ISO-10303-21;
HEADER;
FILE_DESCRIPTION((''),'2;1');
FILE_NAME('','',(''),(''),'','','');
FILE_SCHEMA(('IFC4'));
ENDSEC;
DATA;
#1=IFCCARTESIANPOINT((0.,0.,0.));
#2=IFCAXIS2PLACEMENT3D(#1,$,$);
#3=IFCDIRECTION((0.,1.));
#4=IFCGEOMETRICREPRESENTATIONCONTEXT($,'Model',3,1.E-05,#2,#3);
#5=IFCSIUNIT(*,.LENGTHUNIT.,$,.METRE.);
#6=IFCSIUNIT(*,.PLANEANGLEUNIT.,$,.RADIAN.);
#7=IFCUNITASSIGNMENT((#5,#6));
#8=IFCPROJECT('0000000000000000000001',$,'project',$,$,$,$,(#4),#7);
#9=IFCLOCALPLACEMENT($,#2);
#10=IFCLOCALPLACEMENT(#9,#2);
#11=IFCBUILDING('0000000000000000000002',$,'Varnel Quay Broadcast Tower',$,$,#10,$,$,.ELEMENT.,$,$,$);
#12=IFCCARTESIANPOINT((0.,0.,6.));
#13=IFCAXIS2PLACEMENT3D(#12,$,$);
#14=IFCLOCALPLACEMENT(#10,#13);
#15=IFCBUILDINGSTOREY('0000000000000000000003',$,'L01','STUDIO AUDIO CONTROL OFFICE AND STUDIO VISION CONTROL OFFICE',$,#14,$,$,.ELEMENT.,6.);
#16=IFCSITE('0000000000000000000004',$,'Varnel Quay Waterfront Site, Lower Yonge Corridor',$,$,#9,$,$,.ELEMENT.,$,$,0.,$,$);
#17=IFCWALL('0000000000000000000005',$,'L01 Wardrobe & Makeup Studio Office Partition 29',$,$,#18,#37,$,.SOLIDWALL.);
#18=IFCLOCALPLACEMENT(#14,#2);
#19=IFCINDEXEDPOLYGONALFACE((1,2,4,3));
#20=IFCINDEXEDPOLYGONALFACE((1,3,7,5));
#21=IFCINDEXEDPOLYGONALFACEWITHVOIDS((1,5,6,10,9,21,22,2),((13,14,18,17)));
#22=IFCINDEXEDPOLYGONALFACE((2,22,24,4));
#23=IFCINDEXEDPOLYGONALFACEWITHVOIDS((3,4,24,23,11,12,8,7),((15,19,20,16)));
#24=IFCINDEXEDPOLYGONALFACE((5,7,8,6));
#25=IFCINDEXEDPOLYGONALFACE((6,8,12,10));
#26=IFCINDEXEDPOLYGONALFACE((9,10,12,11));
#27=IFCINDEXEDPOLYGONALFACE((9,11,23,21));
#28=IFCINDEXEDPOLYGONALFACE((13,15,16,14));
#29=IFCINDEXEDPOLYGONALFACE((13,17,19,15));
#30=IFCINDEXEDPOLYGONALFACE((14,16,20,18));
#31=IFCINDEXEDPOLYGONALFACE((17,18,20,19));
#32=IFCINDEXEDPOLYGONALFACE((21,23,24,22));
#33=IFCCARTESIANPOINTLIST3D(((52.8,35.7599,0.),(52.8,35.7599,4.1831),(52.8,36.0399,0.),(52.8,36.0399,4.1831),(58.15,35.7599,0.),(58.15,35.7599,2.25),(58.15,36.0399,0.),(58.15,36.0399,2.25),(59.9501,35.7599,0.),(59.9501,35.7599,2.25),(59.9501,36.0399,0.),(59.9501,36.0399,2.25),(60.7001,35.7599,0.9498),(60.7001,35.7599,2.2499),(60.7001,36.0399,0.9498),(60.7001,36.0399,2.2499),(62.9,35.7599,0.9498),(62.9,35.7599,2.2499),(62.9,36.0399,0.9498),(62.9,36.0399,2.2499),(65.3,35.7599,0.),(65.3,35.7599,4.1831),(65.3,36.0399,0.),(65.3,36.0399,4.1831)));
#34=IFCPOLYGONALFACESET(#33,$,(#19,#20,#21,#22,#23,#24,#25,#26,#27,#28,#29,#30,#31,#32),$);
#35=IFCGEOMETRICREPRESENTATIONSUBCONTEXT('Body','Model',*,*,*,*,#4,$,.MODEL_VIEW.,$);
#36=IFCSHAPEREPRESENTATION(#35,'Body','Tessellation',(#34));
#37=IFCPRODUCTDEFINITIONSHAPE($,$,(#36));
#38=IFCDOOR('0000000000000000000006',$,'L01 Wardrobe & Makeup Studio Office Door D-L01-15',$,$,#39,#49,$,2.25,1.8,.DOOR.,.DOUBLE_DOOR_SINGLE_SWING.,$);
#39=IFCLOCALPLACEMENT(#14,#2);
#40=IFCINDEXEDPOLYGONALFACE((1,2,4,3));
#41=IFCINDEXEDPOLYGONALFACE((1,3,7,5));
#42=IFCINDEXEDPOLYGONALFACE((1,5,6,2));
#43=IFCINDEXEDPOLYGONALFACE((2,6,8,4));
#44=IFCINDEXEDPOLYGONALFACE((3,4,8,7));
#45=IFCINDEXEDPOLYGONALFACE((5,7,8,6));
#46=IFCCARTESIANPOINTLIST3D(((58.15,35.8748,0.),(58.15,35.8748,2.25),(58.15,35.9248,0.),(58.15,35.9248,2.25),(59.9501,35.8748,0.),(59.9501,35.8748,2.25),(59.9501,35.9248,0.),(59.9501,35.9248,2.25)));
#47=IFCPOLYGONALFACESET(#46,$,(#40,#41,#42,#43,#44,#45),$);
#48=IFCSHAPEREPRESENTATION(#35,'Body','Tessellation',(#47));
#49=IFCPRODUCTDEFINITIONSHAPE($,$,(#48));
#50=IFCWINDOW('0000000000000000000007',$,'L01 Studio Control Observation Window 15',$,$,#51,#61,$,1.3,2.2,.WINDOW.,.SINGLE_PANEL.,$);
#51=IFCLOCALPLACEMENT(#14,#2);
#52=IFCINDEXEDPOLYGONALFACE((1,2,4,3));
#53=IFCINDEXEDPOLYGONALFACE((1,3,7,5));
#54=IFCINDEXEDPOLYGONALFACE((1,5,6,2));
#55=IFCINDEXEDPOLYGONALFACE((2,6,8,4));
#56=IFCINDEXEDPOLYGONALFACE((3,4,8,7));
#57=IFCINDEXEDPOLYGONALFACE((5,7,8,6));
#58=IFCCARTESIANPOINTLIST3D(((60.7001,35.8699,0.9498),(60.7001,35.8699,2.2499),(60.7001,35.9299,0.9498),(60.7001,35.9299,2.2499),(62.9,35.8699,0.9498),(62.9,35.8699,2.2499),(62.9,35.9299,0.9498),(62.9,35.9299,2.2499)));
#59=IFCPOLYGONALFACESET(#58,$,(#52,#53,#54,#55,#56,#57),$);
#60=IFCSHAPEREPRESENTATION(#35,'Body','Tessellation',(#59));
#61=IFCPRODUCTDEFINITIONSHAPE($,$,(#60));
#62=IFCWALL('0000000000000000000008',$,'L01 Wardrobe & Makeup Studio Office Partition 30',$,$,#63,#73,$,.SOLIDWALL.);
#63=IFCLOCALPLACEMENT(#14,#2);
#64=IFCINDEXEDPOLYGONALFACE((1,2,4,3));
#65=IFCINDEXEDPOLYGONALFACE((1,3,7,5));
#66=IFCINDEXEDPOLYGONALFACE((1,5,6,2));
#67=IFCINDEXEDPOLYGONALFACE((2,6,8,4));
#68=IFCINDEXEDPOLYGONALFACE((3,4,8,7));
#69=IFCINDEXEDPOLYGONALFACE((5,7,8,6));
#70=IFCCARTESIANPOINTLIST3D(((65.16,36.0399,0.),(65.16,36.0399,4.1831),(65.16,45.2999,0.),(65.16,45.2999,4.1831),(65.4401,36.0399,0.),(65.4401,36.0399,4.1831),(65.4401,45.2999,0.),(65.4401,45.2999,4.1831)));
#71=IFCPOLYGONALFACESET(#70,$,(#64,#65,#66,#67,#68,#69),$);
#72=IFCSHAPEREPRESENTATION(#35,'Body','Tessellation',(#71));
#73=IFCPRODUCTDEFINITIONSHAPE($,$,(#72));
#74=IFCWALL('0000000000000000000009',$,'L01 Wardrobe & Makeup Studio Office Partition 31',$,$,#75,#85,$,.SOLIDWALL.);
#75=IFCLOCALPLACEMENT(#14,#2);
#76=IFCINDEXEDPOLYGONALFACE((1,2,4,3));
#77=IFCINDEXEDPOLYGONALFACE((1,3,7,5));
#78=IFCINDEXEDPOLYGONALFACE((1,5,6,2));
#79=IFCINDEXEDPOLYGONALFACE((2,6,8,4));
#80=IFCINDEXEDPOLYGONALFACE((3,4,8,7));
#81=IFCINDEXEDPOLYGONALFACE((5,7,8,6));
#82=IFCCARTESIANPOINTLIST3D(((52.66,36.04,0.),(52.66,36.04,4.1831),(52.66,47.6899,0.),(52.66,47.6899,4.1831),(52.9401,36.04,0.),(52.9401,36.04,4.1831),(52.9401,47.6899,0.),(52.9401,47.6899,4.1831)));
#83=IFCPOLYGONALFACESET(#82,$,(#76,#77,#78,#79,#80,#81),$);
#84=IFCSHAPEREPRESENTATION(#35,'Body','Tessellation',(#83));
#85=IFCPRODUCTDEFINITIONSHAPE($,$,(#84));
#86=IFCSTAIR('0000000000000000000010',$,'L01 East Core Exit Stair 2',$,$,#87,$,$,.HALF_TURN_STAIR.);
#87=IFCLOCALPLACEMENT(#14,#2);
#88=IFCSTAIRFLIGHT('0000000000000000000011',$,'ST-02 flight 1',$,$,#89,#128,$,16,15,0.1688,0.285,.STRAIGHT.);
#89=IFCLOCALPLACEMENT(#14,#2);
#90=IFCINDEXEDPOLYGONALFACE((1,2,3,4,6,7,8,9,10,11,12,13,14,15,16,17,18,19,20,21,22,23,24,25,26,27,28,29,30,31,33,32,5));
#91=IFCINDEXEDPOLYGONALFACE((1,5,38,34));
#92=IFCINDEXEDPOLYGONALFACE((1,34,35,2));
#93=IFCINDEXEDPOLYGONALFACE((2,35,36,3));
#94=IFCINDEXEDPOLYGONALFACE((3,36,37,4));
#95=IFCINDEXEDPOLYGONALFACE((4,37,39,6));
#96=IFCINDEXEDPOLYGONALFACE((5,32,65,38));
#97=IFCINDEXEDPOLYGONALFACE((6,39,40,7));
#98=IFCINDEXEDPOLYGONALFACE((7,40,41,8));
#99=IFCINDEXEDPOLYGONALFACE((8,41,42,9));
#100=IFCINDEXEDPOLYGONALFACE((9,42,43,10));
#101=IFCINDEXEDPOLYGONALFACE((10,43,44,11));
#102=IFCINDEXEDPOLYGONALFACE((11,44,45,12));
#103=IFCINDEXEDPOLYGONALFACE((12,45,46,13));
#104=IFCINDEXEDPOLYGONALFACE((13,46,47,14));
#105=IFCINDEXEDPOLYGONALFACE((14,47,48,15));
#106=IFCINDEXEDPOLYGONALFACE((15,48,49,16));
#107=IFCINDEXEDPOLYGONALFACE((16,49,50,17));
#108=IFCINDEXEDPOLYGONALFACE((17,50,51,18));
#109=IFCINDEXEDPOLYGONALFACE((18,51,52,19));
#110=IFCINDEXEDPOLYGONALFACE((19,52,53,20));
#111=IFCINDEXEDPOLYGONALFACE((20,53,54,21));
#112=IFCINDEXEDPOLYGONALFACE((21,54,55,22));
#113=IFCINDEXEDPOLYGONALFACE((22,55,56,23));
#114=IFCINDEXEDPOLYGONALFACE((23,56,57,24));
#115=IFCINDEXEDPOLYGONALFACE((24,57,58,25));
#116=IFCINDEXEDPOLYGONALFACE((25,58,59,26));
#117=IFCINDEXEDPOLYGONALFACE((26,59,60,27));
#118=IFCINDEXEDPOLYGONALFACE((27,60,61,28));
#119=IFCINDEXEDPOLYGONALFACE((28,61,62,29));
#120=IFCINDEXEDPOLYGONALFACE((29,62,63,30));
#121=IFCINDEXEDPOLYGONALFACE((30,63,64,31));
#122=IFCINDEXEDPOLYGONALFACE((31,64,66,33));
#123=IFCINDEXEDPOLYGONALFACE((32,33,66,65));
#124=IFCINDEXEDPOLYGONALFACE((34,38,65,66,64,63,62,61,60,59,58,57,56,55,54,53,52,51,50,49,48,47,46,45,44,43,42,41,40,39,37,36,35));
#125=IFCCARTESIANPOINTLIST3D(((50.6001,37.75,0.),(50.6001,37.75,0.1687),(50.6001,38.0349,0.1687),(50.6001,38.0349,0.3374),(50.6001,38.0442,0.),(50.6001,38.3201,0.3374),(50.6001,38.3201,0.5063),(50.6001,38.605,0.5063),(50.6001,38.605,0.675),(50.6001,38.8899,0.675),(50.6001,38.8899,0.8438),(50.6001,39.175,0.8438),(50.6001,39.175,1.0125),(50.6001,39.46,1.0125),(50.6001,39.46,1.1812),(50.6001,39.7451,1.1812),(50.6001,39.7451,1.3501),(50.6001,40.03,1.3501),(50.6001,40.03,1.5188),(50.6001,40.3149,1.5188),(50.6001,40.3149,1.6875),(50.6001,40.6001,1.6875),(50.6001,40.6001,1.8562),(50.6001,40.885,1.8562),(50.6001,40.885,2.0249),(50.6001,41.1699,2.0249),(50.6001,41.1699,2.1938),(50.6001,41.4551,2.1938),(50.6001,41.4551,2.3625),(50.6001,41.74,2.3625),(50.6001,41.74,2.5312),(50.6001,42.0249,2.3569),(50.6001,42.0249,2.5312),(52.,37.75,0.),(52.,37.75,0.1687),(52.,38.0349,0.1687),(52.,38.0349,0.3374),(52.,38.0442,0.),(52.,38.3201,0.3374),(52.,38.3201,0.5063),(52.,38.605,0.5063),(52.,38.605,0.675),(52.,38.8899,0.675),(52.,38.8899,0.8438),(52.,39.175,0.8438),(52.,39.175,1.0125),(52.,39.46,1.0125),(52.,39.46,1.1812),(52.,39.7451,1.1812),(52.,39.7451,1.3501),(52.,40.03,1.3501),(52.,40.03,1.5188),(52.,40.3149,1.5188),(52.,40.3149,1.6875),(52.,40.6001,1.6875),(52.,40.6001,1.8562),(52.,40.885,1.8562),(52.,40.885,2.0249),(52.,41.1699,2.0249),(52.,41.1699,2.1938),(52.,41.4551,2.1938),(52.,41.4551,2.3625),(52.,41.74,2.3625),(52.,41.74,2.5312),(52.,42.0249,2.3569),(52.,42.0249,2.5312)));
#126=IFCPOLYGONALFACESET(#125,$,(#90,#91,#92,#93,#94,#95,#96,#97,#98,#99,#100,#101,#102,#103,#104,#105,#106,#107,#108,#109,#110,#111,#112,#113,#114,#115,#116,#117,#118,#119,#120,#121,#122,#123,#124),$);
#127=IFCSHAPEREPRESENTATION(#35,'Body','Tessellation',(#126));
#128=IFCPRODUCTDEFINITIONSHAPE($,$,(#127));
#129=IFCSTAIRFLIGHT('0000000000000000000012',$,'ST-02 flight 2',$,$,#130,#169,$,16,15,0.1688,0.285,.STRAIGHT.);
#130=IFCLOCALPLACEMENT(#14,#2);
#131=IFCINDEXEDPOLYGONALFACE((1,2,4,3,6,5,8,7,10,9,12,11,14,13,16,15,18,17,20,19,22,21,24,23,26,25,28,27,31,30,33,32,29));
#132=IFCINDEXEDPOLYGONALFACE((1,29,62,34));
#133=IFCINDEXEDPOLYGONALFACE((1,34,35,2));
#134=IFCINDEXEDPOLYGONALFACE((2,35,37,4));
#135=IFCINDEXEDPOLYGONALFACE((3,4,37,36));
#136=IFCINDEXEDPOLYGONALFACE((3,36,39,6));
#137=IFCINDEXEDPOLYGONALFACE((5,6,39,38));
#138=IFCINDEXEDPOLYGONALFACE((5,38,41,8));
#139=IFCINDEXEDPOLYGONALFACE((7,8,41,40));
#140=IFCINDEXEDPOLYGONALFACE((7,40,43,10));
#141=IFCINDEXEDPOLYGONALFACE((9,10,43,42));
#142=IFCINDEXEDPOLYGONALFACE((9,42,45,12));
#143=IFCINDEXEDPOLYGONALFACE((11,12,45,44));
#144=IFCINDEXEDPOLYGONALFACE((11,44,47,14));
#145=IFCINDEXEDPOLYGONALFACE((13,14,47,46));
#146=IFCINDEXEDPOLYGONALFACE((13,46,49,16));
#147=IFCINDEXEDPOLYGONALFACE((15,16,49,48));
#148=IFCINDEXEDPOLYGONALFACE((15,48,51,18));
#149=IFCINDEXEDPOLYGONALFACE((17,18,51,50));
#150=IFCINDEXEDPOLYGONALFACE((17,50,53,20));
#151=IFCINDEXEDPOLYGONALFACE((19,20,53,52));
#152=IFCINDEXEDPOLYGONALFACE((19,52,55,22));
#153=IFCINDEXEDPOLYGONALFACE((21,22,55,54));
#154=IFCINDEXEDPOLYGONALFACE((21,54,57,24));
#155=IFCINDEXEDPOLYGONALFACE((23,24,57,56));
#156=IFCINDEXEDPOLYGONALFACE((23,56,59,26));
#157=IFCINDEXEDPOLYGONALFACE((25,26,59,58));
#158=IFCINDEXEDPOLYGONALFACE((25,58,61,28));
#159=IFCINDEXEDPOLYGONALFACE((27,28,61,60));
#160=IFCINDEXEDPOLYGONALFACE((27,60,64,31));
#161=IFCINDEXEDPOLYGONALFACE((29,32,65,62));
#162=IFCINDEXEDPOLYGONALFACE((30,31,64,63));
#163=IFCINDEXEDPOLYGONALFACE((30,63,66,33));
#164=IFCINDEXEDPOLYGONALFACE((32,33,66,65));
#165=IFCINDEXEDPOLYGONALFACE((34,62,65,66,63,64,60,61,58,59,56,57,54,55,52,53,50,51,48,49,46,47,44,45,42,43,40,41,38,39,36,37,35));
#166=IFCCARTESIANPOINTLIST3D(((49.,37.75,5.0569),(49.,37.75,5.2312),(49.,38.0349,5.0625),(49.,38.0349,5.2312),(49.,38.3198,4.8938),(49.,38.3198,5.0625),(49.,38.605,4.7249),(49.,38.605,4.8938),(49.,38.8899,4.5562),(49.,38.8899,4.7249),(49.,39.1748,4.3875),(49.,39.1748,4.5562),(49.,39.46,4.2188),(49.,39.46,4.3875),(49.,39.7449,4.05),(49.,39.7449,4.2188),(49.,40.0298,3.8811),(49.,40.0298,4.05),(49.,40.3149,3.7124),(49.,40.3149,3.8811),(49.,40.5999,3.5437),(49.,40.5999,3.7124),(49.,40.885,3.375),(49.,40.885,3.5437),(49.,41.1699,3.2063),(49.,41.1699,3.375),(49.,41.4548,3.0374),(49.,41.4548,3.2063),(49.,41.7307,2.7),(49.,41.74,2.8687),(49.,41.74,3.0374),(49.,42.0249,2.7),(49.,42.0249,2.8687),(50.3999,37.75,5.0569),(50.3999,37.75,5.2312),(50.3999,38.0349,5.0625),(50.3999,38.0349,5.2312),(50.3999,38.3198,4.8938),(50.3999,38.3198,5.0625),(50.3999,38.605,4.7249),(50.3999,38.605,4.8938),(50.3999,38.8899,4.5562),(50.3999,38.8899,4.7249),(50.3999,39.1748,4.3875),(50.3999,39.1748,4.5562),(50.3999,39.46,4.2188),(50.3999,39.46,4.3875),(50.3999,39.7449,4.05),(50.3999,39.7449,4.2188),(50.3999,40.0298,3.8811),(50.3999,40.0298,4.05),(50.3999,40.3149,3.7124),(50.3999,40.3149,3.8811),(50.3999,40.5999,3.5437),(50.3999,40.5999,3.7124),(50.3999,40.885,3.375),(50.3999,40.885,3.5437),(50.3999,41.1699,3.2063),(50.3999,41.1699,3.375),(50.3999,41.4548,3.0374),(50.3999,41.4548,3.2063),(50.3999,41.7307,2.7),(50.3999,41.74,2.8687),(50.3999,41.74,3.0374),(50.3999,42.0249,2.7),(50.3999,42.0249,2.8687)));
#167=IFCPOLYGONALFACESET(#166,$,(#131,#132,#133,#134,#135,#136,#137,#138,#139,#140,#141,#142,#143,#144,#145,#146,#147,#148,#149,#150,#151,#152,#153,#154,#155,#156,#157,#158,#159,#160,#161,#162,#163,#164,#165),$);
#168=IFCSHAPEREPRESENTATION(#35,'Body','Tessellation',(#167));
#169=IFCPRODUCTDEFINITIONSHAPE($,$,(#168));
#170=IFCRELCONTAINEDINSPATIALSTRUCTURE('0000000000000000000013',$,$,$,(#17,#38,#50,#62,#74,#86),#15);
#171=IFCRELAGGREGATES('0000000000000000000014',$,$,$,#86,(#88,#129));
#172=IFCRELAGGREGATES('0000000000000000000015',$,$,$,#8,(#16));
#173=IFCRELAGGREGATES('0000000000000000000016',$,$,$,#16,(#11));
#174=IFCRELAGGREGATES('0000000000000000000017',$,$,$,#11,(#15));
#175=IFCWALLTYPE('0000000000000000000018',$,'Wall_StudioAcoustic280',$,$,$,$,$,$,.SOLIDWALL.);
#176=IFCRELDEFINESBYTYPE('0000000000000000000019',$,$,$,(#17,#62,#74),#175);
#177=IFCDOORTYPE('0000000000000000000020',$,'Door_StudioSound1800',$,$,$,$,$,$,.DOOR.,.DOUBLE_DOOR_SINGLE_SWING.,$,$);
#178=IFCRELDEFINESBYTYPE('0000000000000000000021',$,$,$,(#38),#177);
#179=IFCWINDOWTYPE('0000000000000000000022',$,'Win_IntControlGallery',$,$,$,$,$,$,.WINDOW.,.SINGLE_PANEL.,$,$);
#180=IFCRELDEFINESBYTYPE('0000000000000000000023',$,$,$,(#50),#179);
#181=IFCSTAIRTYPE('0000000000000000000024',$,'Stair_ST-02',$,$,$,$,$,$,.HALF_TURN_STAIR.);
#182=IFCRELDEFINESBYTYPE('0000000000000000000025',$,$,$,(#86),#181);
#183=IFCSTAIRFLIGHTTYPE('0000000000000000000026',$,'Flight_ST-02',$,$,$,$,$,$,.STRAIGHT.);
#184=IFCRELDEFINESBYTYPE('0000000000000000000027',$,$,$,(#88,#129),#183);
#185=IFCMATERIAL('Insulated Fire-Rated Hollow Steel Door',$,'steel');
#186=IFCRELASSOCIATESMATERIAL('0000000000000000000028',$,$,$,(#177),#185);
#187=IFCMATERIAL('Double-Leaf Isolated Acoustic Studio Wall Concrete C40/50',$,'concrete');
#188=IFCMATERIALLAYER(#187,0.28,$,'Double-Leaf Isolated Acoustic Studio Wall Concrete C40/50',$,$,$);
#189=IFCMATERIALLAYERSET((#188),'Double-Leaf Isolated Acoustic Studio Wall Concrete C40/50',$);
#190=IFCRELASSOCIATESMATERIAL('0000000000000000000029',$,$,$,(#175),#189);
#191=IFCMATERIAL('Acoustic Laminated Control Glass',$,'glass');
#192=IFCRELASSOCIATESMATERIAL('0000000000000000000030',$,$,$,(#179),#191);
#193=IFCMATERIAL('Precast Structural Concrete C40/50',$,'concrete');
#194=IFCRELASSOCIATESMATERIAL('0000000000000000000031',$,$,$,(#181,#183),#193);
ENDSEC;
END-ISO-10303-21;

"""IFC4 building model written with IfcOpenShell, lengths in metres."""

from ifc_helpers import new_model, si_unit, direction, frame, frame_2d, origin, place, context, subcontext, project, spatial, polyline, rectangle, outline, extrude, source, transform, mapped, material, layer, layer_set, type_object, type_shapes, element, fill, aggregate, save


model = new_model("IFC4")

# Units and contexts
model_context = context("Model", 3, precision=1e-05, world=origin(), true_north=direction((0.0, 1.0)))
body_context = subcontext(model_context, "Body", "Model", "MODEL_VIEW")
ifc_project = project(units=[si_unit("LENGTHUNIT", "METRE"), si_unit("PLANEANGLEUNIT", "RADIAN")], contexts=[model_context])

# Site, building, storey
site_placement = place(None, origin())
site = spatial("IfcSite", under=ifc_project, at=site_placement, Name="Varnel Quay Waterfront Site, Lower Yonge Corridor", CompositionType="ELEMENT", RefElevation=0.0)
building_placement = place(site_placement, origin())
building = spatial("IfcBuilding", under=site, at=building_placement, Name="Varnel Quay Broadcast Tower", CompositionType="ELEMENT")
storey_placement = place(building_placement, frame((0.0, 0.0, 6.0)))
storey = spatial("IfcBuildingStorey", under=building, at=storey_placement, Name="L01", Description="STUDIO AUDIO CONTROL OFFICE AND STUDIO VISION CONTROL OFFICE", CompositionType="ELEMENT", Elevation=6.0)

# Shared definitions
ifc_material_1 = material(Name="Insulated Fire-Rated Hollow Steel Door", Category="steel")
door_type_1 = type_object("IfcDoorType", Name="Door_StudioSound1800", OperationType="DOUBLE_DOOR_SINGLE_SWING", PredefinedType="DOOR", material=ifc_material_1)
shared_shape_1 = source(origin(), body_context, "Body", "SweptSolid", [
    extrude(rectangle(XDim=1.8, YDim=2.25, at=frame_2d((0.8999, 1.125))), frame((0.0, 0.0249, 0.0), z_axis=(0.0, -1.0, 0.0), x_axis=(1.0, 0.0, 0.0)), (0.0, 0.0, 1.0), 0.05),
])
type_shapes(door_type_1, [shared_shape_1])

# Wall, openings, door, window
ifc_material_2 = material(Name="Double-Leaf Isolated Acoustic Studio Wall Concrete C40/50", Category="concrete")
ifc_layer_1 = layer(ifc_material_2, 0.28, Name="Double-Leaf Isolated Acoustic Studio Wall Concrete C40/50")
ifc_layer_set_1 = layer_set([ifc_layer_1], Name="Double-Leaf Isolated Acoustic Studio Wall Concrete C40/50")
wall_type_1 = type_object("IfcWallType", Name="Wall_StudioAcoustic280", PredefinedType="SOLIDWALL", material=ifc_layer_set_1)
wall_1_placement = place(storey_placement, frame((52.8, 35.8999, 0.0), z_axis=(0.0, 0.0, 1.0), x_axis=(1.0, 0.0, 0.0)))
wall_1 = element("IfcWall", 1, at=wall_1_placement, inside=storey, type_object=wall_type_1, Name="L01 Wardrobe & Makeup Studio Office Partition 29", PredefinedType="SOLIDWALL", context=body_context, shape_type="SweptSolid", body=[
    extrude(rectangle(XDim=12.5, YDim=0.28, at=frame_2d((6.25, 0.0))), origin(), (0.0, 0.0, 1.0), 4.1831),
])
opening_1_placement = place(wall_1_placement, frame((5.3501, 0.0, 0.0)))
opening_1 = element("IfcOpeningElement", 2, at=opening_1_placement, cuts=wall_1, PredefinedType="OPENING", context=body_context, shape_type="SweptSolid", body=[
    extrude(rectangle(XDim=1.8, YDim=2.25, at=frame_2d((0.8999, 1.125))), frame((0.0, 0.1499, 0.0), z_axis=(0.0, -1.0, 0.0), x_axis=(1.0, 0.0, 0.0)), (0.0, 0.0, 1.0), 0.3),
])
opening_2_placement = place(wall_1_placement, frame((7.8999, 0.0, 0.95)))
opening_2 = element("IfcOpeningElement", 3, at=opening_2_placement, cuts=wall_1, PredefinedType="OPENING", context=body_context, shape_type="SweptSolid", body=[
    extrude(rectangle(XDim=2.2, YDim=1.3, at=frame_2d((1.1001, 0.6499))), frame((0.0, 0.1499, 0.0), z_axis=(0.0, -1.0, 0.0), x_axis=(1.0, 0.0, 0.0)), (0.0, 0.0, 1.0), 0.3),
])
door_1_placement = place(opening_1_placement, origin())
door_1 = element("IfcDoor", 4, at=door_1_placement, inside=storey, type_object=door_type_1, Name="L01 Wardrobe & Makeup Studio Office Door D-L01-15", OperationType="DOUBLE_DOOR_SINGLE_SWING", OverallHeight=2.25, OverallWidth=1.8, PredefinedType="DOOR", context=body_context, shape_type="MappedRepresentation", body=[
    mapped(shared_shape_1, transform((0.0, 0.0, 0.0), x_axis=(1.0, 0.0, 0.0), y_axis=(0.0, 1.0, 0.0), z_axis=(0.0, 0.0, 1.0), scale=1.0)),
])
fill(opening_1, door_1)
ifc_material_3 = material(Name="Acoustic Laminated Control Glass", Category="glass")
window_type = type_object("IfcWindowType", Name="Win_IntControlGallery", PartitioningType="SINGLE_PANEL", PredefinedType="WINDOW", material=ifc_material_3)
shared_shape_2 = source(origin(), body_context, "Body", "SweptSolid", [
    extrude(rectangle(XDim=2.2, YDim=1.3, at=frame_2d((1.1001, 0.6499))), frame((0.0, 0.03, 0.0), z_axis=(0.0, -1.0, 0.0), x_axis=(1.0, 0.0, 0.0)), (0.0, 0.0, 1.0), 0.0601),
])
type_shapes(window_type, [shared_shape_2])
window_placement = place(opening_2_placement, origin())
window = element("IfcWindow", 5, at=window_placement, inside=storey, type_object=window_type, Name="L01 Studio Control Observation Window 15", OverallHeight=1.3, OverallWidth=2.2, PartitioningType="SINGLE_PANEL", PredefinedType="WINDOW", context=body_context, shape_type="MappedRepresentation", body=[
    mapped(shared_shape_2, transform((0.0, 0.0, 0.0), x_axis=(1.0, 0.0, 0.0), y_axis=(0.0, 1.0, 0.0), z_axis=(0.0, 0.0, 1.0), scale=1.0)),
])
fill(opening_2, window)

# Walls
wall_2_placement = place(storey_placement, frame((65.3, 36.04, 0.0), z_axis=(0.0, 0.0, 1.0), x_axis=(0.0, 1.0, 0.0)))
element("IfcWall", 6, at=wall_2_placement, inside=storey, type_object=wall_type_1, Name="L01 Wardrobe & Makeup Studio Office Partition 30", PredefinedType="SOLIDWALL", context=body_context, shape_type="SweptSolid", body=[
    extrude(rectangle(XDim=9.26, YDim=0.28, at=frame_2d((4.6299, 0.0))), origin(), (0.0, 0.0, 1.0), 4.1831),
])
wall_3_placement = place(storey_placement, frame((52.8, 36.04, 0.0), z_axis=(0.0, 0.0, 1.0), x_axis=(0.0, 1.0, 0.0)))
element("IfcWall", 7, at=wall_3_placement, inside=storey, type_object=wall_type_1, Name="L01 Wardrobe & Makeup Studio Office Partition 31", PredefinedType="SOLIDWALL", context=body_context, shape_type="SweptSolid", body=[
    extrude(rectangle(XDim=11.6499, YDim=0.28, at=frame_2d((5.825, 0.0))), origin(), (0.0, 0.0, 1.0), 4.1831),
])

# Stair, stair flights
ifc_material_4 = material(Name="Precast Structural Concrete C40/50", Category="concrete")
stair_type = type_object("IfcStairType", Name="Stair_ST-02", PredefinedType="HALF_TURN_STAIR", material=ifc_material_4)
stair_placement = place(storey_placement, origin())
stair = element("IfcStair", 8, at=stair_placement, inside=storey, type_object=stair_type, Name="L01 East Core Exit Stair 2", PredefinedType="HALF_TURN_STAIR")
stair_flight_type = type_object("IfcStairFlightType", Name="Flight_ST-02", PredefinedType="STRAIGHT", material=ifc_material_4)
stair_flight_1_placement = place(storey_placement, frame((51.3, 37.75, 0.0), z_axis=(0.0, 0.0, 1.0), x_axis=(0.0, 1.0, 0.0)))
stair_flight_1 = element("IfcStairFlight", 9, at=stair_flight_1_placement, type_object=stair_flight_type, Name="ST-02 flight 1", NumberOfRisers=16, NumberOfTreads=15, PredefinedType="STRAIGHT", RiserHeight=0.1688, TreadLength=0.285, context=body_context, shape_type="SweptSolid", body=[
    extrude(outline(polyline([(0.0, 0.0), (0.0, 0.1687), (0.2849, 0.1687), (0.2849, 0.3374), (0.5701, 0.3374), (0.5701, 0.5063), (0.855, 0.5063), (0.855, 0.675), (1.1399, 0.675), (1.1399, 0.8438), (1.425, 0.8438), (1.425, 1.0125), (1.71, 1.0125), (1.71, 1.1812), (1.9951, 1.1812), (1.9951, 1.3501), (2.28, 1.3501), (2.28, 1.5188), (2.5649, 1.5188), (2.5649, 1.6875), (2.8501, 1.6875), (2.8501, 1.8562), (3.135, 1.8562), (3.135, 2.0249), (3.4199, 2.0249), (3.4199, 2.1938), (3.7051, 2.1938), (3.7051, 2.3625), (3.99, 2.3625), (3.99, 2.5312), (4.2749, 2.5312), (4.2749, 2.7), (4.2749, 2.3569), (0.2942, 0.0), (0.0, 0.0)])), frame((0.0, 0.7, 0.0), z_axis=(0.0, -1.0, 0.0), x_axis=(1.0, 0.0, 0.0)), (0.0, 0.0, 1.0), 1.3999),
])
stair_flight_2_placement = place(storey_placement, frame((49.7, 42.0249, 2.7), z_axis=(0.0, 0.0, 1.0), x_axis=(0.0, -1.0, 0.0)))
stair_flight_2 = element("IfcStairFlight", 10, at=stair_flight_2_placement, type_object=stair_flight_type, Name="ST-02 flight 2", NumberOfRisers=16, NumberOfTreads=15, PredefinedType="STRAIGHT", RiserHeight=0.1688, TreadLength=0.285, context=body_context, shape_type="SweptSolid", body=[
    extrude(outline(polyline([(0.0, 0.0), (0.0, 0.1687), (0.2849, 0.1687), (0.2849, 0.3374), (0.5701, 0.3374), (0.5701, 0.5063), (0.855, 0.5063), (0.855, 0.675), (1.1399, 0.675), (1.1399, 0.8438), (1.425, 0.8438), (1.425, 1.0125), (1.71, 1.0125), (1.71, 1.1812), (1.9951, 1.1812), (1.9951, 1.3501), (2.28, 1.3501), (2.28, 1.5188), (2.5649, 1.5188), (2.5649, 1.6875), (2.8501, 1.6875), (2.8501, 1.8562), (3.135, 1.8562), (3.135, 2.0249), (3.4199, 2.0249), (3.4199, 2.1938), (3.7051, 2.1938), (3.7051, 2.3625), (3.99, 2.3625), (3.99, 2.5312), (4.2749, 2.5312), (4.2749, 2.7), (4.2749, 2.3569), (0.2942, 0.0), (0.0, 0.0)])), frame((0.0, 0.7, 0.0), z_axis=(0.0, -1.0, 0.0), x_axis=(1.0, 0.0, 0.0)), (0.0, 0.0, 1.0), 1.3999),
])
aggregate(stair, [stair_flight_1, stair_flight_2])

save(model, "model.ifc")
